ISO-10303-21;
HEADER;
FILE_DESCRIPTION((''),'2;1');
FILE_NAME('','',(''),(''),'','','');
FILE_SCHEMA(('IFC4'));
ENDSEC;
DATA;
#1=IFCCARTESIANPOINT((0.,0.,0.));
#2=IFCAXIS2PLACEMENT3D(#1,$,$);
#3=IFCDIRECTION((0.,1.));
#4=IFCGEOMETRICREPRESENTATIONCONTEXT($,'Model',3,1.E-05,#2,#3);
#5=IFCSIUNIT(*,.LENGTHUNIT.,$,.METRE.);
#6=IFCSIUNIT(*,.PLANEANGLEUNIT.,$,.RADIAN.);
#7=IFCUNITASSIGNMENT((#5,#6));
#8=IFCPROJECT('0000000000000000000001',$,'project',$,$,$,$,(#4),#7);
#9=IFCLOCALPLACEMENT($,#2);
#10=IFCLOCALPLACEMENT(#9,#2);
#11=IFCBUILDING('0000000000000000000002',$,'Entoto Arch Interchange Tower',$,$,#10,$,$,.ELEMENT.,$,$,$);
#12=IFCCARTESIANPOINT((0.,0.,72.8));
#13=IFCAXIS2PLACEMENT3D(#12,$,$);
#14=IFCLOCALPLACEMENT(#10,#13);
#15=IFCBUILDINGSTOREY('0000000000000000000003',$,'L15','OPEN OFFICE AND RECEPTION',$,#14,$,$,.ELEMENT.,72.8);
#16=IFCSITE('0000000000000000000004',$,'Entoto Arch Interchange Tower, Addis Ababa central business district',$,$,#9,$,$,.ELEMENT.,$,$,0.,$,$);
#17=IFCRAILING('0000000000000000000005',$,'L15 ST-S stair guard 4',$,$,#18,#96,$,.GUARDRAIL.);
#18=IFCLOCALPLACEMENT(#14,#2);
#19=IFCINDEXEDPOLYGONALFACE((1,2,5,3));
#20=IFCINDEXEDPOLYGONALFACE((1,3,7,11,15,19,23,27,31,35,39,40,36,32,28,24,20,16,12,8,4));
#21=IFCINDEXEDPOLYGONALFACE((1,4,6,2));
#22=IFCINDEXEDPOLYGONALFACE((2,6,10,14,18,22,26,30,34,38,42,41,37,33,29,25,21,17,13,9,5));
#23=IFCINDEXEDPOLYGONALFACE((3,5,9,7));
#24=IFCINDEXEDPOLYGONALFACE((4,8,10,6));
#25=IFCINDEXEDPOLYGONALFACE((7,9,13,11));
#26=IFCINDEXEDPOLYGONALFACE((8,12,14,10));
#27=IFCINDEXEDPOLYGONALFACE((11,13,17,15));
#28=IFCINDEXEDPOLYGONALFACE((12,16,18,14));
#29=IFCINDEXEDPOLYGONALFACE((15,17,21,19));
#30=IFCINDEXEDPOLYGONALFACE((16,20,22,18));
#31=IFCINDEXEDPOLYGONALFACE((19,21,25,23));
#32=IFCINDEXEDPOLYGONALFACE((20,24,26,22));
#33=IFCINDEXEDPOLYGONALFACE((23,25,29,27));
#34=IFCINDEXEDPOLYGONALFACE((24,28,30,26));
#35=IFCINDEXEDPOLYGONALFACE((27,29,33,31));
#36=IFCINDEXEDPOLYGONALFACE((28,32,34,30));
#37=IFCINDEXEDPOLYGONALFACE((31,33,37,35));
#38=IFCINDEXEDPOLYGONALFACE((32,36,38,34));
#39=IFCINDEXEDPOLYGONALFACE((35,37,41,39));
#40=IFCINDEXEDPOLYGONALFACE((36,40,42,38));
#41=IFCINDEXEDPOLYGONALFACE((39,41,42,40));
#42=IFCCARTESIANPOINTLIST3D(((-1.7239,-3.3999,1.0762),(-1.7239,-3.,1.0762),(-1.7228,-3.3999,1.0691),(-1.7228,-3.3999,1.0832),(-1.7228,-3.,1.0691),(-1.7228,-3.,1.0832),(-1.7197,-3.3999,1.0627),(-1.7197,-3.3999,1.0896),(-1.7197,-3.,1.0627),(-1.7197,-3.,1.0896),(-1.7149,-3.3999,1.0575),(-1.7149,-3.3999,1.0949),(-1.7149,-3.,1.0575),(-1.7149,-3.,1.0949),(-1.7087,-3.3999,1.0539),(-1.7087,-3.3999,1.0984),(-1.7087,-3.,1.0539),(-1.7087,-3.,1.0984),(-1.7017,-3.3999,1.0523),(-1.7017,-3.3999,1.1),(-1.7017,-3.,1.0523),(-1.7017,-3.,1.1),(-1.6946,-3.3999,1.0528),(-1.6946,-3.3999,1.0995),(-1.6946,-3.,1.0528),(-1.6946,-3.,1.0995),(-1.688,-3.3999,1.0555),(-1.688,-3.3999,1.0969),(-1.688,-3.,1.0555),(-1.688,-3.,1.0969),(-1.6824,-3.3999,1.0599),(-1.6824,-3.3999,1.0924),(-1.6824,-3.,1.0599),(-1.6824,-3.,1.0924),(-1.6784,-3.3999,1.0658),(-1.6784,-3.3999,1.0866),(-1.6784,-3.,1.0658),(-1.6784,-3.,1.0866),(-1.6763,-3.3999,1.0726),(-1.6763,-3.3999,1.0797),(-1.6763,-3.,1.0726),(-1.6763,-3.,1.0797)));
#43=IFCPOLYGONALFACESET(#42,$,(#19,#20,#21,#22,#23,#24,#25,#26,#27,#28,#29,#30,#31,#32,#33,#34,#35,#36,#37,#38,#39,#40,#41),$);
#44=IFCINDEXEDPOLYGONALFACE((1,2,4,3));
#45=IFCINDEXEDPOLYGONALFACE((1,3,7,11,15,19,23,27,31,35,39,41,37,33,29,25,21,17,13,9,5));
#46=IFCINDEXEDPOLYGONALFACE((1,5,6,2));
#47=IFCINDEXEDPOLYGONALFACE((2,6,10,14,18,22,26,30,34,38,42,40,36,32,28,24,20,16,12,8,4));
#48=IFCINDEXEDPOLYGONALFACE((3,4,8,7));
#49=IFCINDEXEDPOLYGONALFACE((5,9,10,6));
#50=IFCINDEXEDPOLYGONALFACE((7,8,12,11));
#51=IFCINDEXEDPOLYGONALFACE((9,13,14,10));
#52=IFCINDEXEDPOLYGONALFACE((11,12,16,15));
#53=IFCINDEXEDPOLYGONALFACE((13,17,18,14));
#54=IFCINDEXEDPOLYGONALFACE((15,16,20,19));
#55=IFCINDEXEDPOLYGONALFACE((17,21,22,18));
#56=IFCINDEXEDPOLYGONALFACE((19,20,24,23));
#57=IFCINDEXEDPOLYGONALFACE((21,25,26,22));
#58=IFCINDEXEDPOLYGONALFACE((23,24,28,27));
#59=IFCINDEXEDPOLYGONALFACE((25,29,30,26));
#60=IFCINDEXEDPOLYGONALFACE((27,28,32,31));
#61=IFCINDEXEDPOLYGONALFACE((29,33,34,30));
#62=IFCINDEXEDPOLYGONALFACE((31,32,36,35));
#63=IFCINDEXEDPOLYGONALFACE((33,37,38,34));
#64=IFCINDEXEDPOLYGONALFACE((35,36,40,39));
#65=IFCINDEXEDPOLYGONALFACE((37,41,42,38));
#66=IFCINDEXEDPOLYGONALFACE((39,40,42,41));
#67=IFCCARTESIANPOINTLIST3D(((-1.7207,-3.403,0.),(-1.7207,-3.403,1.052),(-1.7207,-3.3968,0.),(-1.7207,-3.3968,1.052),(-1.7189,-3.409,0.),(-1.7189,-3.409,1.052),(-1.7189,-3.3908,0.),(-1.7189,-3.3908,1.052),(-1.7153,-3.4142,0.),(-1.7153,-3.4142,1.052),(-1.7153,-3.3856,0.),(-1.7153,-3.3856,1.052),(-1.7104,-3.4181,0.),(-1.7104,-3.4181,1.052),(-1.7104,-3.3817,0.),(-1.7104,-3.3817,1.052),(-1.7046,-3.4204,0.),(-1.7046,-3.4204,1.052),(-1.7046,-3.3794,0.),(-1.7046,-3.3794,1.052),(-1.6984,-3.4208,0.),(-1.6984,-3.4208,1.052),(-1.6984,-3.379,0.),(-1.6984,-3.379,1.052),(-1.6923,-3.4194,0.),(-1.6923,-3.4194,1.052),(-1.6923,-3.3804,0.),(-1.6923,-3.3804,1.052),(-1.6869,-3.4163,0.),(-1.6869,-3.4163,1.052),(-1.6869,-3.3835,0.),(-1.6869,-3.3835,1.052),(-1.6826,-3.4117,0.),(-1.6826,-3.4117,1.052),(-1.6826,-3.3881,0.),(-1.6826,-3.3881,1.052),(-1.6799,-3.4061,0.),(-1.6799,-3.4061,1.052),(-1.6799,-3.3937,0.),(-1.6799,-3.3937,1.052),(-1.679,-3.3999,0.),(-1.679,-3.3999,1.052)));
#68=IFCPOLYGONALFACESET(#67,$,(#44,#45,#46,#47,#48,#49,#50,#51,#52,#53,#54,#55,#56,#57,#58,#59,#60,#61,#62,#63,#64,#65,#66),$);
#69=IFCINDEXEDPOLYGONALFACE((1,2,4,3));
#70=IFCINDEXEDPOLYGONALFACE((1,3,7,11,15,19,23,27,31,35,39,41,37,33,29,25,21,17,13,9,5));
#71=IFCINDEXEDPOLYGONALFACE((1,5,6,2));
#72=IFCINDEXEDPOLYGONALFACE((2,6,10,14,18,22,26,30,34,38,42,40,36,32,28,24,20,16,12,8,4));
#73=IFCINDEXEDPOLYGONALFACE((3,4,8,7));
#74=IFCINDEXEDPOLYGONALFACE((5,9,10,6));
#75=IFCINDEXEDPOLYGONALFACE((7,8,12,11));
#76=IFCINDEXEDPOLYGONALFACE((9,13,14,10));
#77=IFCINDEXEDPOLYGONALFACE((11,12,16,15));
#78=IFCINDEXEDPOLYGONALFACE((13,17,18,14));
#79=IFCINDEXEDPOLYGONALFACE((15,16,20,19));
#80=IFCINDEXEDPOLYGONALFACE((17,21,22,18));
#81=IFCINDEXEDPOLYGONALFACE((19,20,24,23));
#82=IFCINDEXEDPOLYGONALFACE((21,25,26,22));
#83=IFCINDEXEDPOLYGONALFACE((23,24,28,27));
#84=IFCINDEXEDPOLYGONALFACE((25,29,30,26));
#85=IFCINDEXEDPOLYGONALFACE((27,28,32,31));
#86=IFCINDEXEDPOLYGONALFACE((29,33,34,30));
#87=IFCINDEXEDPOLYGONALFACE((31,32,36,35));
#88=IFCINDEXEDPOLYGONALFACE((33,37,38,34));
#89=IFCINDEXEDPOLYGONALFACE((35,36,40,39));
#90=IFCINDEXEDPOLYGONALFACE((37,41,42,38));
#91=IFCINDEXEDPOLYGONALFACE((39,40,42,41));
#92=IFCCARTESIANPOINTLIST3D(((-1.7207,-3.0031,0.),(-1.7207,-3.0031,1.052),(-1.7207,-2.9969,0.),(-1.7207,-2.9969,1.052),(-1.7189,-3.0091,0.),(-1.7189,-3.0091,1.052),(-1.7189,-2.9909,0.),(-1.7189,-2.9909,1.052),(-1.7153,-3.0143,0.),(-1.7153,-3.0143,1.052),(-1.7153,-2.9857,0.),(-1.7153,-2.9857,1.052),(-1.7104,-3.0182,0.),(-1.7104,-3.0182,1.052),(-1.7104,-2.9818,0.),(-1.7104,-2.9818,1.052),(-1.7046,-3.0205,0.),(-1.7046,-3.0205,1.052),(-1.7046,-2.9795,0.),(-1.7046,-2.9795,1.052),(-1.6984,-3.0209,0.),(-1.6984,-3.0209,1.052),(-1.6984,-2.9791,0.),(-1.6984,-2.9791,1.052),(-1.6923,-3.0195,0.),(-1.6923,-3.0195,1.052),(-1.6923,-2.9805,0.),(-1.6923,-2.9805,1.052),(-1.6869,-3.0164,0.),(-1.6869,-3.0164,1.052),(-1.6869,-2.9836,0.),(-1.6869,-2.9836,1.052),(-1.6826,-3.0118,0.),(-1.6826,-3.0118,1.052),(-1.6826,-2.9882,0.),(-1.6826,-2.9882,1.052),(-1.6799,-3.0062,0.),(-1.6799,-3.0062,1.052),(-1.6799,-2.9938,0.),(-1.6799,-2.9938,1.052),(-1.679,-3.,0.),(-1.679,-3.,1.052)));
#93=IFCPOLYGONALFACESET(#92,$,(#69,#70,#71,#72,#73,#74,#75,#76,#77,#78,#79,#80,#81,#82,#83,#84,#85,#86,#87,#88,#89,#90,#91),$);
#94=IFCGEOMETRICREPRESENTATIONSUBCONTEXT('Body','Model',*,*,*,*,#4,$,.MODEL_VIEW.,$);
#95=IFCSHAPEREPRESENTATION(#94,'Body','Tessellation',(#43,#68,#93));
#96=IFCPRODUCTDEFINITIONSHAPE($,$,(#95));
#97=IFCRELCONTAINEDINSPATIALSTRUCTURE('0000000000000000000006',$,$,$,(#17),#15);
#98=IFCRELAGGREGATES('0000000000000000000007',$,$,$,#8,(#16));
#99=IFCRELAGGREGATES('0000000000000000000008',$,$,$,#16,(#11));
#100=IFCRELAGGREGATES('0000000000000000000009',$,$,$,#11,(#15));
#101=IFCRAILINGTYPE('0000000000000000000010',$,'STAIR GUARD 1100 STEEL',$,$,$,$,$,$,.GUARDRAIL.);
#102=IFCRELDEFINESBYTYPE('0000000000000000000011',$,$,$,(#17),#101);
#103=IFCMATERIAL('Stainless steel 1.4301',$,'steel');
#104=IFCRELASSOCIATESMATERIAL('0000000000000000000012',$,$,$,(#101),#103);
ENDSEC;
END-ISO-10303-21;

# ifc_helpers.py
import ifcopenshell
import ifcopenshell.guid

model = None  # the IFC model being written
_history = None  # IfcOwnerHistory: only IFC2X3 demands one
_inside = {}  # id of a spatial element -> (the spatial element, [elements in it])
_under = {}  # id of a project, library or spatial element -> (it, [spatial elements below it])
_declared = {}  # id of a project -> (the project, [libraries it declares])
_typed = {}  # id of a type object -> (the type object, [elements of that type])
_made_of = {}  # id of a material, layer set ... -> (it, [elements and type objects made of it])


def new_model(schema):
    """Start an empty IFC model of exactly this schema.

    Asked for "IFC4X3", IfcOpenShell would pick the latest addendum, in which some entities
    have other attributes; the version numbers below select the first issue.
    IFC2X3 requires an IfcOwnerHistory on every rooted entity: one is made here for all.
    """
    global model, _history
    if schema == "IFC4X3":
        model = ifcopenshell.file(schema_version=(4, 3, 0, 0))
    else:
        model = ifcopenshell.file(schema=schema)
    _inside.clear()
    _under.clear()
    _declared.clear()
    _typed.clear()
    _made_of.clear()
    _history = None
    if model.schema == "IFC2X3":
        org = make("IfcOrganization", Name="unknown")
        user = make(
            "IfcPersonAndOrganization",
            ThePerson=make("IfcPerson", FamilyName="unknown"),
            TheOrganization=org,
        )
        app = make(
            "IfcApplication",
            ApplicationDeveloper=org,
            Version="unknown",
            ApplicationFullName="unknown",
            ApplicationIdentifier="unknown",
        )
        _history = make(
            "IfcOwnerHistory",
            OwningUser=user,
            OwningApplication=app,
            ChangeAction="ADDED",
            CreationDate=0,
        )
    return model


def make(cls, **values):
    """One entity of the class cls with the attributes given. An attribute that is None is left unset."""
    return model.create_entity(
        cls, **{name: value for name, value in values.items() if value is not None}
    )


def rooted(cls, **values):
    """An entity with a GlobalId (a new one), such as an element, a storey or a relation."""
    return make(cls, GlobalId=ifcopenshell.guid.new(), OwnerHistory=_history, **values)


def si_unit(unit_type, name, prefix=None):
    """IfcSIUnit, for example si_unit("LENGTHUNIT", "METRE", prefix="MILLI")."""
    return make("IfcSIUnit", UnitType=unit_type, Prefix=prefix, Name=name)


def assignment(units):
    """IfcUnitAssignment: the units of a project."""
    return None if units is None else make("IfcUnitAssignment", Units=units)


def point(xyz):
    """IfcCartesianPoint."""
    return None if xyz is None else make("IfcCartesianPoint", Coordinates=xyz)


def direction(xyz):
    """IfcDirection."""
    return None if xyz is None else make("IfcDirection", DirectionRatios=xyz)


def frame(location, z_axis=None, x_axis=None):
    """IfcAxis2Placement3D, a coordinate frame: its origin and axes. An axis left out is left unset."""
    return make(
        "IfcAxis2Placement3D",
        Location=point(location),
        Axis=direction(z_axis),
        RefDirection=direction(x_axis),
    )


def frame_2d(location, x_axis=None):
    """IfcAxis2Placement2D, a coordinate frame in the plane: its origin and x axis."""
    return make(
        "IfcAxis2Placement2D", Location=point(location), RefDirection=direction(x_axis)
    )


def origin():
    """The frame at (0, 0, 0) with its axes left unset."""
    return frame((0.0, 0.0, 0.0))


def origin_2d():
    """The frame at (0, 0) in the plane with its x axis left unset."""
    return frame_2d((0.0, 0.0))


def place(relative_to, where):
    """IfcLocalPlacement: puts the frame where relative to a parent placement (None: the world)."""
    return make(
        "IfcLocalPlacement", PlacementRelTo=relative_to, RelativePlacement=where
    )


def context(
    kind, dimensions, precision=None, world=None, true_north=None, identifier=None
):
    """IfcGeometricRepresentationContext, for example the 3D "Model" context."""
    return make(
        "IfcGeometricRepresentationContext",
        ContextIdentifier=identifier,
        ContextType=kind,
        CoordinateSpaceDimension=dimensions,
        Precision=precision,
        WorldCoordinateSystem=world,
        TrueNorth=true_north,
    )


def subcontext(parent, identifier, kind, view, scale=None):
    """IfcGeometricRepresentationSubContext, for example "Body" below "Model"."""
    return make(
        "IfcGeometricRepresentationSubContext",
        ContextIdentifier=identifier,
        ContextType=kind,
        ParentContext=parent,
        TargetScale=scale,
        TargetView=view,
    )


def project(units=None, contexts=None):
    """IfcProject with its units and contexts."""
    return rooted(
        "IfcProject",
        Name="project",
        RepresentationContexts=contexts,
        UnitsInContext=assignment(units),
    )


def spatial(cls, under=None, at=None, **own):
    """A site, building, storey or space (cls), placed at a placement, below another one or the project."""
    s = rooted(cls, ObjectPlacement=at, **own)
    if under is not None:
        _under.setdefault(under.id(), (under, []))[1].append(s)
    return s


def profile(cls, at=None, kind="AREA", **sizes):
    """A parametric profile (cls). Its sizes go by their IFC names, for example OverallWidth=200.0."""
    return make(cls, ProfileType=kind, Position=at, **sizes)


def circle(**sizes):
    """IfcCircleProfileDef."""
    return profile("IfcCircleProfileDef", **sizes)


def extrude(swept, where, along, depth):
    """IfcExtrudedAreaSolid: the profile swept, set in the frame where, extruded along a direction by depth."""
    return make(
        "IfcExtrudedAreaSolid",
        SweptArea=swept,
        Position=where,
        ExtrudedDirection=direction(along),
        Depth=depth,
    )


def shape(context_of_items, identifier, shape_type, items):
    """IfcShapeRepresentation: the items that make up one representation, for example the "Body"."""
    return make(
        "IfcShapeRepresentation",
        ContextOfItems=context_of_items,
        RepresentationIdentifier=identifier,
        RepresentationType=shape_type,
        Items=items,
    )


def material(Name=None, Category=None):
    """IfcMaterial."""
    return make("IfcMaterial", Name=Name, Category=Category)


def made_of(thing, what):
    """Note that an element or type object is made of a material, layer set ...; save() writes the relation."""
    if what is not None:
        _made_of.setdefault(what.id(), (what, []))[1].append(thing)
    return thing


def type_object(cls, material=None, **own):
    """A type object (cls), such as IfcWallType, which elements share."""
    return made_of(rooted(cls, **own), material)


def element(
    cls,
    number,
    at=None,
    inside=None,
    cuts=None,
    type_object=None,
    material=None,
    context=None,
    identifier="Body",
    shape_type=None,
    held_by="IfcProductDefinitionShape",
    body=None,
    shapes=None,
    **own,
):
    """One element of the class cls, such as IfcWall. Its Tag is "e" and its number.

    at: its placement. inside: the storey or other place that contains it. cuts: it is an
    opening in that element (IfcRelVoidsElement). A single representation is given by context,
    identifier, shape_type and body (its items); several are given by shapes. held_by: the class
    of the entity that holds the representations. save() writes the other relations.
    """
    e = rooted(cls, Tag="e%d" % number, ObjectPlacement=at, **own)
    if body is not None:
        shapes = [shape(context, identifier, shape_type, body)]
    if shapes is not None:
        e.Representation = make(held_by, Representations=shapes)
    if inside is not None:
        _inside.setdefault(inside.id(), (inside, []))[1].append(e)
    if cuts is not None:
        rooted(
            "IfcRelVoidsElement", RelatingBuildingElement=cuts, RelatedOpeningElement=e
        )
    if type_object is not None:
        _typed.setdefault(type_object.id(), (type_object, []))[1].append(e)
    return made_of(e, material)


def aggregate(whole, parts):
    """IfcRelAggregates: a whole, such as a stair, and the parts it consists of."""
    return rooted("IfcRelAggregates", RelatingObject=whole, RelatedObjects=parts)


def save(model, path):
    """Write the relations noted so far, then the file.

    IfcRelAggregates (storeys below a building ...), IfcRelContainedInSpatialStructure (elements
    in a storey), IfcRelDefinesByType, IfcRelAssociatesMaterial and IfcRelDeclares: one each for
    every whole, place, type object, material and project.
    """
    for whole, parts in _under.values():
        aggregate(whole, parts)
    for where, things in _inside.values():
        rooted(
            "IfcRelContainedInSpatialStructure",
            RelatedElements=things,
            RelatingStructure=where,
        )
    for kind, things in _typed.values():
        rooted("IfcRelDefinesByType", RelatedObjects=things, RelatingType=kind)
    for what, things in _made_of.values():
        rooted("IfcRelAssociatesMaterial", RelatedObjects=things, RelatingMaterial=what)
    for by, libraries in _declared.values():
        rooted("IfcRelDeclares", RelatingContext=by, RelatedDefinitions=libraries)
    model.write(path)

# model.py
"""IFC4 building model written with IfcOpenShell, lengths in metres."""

from ifc_helpers import new_model, si_unit, direction, frame, origin, origin_2d, place, context, subcontext, project, spatial, circle, extrude, material, type_object, element, save


model = new_model("IFC4")

# Units and contexts
model_context = context("Model", 3, precision=1e-05, world=origin(), true_north=direction((0.0, 1.0)))
body_context = subcontext(model_context, "Body", "Model", "MODEL_VIEW")
ifc_project = project(units=[si_unit("LENGTHUNIT", "METRE"), si_unit("PLANEANGLEUNIT", "RADIAN")], contexts=[model_context])

# Site, building, storey
site_placement = place(None, origin())
site = spatial("IfcSite", under=ifc_project, at=site_placement, Name="Entoto Arch Interchange Tower, Addis Ababa central business district", CompositionType="ELEMENT", RefElevation=0.0)
building_placement = place(site_placement, origin())
building = spatial("IfcBuilding", under=site, at=building_placement, Name="Entoto Arch Interchange Tower", CompositionType="ELEMENT")
storey_placement = place(building_placement, frame((0.0, 0.0, 72.8)))
storey = spatial("IfcBuildingStorey", under=building, at=storey_placement, Name="L15", Description="OPEN OFFICE AND RECEPTION", CompositionType="ELEMENT", Elevation=72.8)

# Railing
ifc_material_1 = material(Name="Stainless steel 1.4301", Category="steel")
railing_type_1 = type_object("IfcRailingType", Name="STAIR GUARD 1100 STEEL", PredefinedType="GUARDRAIL", material=ifc_material_1)
railing_1_placement = place(storey_placement, frame((-1.7, -3.3999, 0.0)))
element("IfcRailing", 1, at=railing_1_placement, inside=storey, type_object=railing_type_1, Name="L15 ST-S stair guard 4", PredefinedType="GUARDRAIL", context=body_context, shape_type="SweptSolid", body=[
    extrude(circle(Radius=0.0239, at=origin_2d()), frame((0.0, 0.0, 1.0762), z_axis=(0.0, 1.0, 0.0), x_axis=(-1.0, 0.0, 0.0)), (0.0, 0.0, 1.0), 0.3999),
    extrude(circle(Radius=0.021, at=origin_2d()), origin(), (0.0, 0.0, 1.0), 1.052),
    extrude(circle(Radius=0.021, at=origin_2d()), frame((0.0, 0.3999, 0.0)), (0.0, 0.0, 1.0), 1.052),
])

save(model, "model.ifc")
